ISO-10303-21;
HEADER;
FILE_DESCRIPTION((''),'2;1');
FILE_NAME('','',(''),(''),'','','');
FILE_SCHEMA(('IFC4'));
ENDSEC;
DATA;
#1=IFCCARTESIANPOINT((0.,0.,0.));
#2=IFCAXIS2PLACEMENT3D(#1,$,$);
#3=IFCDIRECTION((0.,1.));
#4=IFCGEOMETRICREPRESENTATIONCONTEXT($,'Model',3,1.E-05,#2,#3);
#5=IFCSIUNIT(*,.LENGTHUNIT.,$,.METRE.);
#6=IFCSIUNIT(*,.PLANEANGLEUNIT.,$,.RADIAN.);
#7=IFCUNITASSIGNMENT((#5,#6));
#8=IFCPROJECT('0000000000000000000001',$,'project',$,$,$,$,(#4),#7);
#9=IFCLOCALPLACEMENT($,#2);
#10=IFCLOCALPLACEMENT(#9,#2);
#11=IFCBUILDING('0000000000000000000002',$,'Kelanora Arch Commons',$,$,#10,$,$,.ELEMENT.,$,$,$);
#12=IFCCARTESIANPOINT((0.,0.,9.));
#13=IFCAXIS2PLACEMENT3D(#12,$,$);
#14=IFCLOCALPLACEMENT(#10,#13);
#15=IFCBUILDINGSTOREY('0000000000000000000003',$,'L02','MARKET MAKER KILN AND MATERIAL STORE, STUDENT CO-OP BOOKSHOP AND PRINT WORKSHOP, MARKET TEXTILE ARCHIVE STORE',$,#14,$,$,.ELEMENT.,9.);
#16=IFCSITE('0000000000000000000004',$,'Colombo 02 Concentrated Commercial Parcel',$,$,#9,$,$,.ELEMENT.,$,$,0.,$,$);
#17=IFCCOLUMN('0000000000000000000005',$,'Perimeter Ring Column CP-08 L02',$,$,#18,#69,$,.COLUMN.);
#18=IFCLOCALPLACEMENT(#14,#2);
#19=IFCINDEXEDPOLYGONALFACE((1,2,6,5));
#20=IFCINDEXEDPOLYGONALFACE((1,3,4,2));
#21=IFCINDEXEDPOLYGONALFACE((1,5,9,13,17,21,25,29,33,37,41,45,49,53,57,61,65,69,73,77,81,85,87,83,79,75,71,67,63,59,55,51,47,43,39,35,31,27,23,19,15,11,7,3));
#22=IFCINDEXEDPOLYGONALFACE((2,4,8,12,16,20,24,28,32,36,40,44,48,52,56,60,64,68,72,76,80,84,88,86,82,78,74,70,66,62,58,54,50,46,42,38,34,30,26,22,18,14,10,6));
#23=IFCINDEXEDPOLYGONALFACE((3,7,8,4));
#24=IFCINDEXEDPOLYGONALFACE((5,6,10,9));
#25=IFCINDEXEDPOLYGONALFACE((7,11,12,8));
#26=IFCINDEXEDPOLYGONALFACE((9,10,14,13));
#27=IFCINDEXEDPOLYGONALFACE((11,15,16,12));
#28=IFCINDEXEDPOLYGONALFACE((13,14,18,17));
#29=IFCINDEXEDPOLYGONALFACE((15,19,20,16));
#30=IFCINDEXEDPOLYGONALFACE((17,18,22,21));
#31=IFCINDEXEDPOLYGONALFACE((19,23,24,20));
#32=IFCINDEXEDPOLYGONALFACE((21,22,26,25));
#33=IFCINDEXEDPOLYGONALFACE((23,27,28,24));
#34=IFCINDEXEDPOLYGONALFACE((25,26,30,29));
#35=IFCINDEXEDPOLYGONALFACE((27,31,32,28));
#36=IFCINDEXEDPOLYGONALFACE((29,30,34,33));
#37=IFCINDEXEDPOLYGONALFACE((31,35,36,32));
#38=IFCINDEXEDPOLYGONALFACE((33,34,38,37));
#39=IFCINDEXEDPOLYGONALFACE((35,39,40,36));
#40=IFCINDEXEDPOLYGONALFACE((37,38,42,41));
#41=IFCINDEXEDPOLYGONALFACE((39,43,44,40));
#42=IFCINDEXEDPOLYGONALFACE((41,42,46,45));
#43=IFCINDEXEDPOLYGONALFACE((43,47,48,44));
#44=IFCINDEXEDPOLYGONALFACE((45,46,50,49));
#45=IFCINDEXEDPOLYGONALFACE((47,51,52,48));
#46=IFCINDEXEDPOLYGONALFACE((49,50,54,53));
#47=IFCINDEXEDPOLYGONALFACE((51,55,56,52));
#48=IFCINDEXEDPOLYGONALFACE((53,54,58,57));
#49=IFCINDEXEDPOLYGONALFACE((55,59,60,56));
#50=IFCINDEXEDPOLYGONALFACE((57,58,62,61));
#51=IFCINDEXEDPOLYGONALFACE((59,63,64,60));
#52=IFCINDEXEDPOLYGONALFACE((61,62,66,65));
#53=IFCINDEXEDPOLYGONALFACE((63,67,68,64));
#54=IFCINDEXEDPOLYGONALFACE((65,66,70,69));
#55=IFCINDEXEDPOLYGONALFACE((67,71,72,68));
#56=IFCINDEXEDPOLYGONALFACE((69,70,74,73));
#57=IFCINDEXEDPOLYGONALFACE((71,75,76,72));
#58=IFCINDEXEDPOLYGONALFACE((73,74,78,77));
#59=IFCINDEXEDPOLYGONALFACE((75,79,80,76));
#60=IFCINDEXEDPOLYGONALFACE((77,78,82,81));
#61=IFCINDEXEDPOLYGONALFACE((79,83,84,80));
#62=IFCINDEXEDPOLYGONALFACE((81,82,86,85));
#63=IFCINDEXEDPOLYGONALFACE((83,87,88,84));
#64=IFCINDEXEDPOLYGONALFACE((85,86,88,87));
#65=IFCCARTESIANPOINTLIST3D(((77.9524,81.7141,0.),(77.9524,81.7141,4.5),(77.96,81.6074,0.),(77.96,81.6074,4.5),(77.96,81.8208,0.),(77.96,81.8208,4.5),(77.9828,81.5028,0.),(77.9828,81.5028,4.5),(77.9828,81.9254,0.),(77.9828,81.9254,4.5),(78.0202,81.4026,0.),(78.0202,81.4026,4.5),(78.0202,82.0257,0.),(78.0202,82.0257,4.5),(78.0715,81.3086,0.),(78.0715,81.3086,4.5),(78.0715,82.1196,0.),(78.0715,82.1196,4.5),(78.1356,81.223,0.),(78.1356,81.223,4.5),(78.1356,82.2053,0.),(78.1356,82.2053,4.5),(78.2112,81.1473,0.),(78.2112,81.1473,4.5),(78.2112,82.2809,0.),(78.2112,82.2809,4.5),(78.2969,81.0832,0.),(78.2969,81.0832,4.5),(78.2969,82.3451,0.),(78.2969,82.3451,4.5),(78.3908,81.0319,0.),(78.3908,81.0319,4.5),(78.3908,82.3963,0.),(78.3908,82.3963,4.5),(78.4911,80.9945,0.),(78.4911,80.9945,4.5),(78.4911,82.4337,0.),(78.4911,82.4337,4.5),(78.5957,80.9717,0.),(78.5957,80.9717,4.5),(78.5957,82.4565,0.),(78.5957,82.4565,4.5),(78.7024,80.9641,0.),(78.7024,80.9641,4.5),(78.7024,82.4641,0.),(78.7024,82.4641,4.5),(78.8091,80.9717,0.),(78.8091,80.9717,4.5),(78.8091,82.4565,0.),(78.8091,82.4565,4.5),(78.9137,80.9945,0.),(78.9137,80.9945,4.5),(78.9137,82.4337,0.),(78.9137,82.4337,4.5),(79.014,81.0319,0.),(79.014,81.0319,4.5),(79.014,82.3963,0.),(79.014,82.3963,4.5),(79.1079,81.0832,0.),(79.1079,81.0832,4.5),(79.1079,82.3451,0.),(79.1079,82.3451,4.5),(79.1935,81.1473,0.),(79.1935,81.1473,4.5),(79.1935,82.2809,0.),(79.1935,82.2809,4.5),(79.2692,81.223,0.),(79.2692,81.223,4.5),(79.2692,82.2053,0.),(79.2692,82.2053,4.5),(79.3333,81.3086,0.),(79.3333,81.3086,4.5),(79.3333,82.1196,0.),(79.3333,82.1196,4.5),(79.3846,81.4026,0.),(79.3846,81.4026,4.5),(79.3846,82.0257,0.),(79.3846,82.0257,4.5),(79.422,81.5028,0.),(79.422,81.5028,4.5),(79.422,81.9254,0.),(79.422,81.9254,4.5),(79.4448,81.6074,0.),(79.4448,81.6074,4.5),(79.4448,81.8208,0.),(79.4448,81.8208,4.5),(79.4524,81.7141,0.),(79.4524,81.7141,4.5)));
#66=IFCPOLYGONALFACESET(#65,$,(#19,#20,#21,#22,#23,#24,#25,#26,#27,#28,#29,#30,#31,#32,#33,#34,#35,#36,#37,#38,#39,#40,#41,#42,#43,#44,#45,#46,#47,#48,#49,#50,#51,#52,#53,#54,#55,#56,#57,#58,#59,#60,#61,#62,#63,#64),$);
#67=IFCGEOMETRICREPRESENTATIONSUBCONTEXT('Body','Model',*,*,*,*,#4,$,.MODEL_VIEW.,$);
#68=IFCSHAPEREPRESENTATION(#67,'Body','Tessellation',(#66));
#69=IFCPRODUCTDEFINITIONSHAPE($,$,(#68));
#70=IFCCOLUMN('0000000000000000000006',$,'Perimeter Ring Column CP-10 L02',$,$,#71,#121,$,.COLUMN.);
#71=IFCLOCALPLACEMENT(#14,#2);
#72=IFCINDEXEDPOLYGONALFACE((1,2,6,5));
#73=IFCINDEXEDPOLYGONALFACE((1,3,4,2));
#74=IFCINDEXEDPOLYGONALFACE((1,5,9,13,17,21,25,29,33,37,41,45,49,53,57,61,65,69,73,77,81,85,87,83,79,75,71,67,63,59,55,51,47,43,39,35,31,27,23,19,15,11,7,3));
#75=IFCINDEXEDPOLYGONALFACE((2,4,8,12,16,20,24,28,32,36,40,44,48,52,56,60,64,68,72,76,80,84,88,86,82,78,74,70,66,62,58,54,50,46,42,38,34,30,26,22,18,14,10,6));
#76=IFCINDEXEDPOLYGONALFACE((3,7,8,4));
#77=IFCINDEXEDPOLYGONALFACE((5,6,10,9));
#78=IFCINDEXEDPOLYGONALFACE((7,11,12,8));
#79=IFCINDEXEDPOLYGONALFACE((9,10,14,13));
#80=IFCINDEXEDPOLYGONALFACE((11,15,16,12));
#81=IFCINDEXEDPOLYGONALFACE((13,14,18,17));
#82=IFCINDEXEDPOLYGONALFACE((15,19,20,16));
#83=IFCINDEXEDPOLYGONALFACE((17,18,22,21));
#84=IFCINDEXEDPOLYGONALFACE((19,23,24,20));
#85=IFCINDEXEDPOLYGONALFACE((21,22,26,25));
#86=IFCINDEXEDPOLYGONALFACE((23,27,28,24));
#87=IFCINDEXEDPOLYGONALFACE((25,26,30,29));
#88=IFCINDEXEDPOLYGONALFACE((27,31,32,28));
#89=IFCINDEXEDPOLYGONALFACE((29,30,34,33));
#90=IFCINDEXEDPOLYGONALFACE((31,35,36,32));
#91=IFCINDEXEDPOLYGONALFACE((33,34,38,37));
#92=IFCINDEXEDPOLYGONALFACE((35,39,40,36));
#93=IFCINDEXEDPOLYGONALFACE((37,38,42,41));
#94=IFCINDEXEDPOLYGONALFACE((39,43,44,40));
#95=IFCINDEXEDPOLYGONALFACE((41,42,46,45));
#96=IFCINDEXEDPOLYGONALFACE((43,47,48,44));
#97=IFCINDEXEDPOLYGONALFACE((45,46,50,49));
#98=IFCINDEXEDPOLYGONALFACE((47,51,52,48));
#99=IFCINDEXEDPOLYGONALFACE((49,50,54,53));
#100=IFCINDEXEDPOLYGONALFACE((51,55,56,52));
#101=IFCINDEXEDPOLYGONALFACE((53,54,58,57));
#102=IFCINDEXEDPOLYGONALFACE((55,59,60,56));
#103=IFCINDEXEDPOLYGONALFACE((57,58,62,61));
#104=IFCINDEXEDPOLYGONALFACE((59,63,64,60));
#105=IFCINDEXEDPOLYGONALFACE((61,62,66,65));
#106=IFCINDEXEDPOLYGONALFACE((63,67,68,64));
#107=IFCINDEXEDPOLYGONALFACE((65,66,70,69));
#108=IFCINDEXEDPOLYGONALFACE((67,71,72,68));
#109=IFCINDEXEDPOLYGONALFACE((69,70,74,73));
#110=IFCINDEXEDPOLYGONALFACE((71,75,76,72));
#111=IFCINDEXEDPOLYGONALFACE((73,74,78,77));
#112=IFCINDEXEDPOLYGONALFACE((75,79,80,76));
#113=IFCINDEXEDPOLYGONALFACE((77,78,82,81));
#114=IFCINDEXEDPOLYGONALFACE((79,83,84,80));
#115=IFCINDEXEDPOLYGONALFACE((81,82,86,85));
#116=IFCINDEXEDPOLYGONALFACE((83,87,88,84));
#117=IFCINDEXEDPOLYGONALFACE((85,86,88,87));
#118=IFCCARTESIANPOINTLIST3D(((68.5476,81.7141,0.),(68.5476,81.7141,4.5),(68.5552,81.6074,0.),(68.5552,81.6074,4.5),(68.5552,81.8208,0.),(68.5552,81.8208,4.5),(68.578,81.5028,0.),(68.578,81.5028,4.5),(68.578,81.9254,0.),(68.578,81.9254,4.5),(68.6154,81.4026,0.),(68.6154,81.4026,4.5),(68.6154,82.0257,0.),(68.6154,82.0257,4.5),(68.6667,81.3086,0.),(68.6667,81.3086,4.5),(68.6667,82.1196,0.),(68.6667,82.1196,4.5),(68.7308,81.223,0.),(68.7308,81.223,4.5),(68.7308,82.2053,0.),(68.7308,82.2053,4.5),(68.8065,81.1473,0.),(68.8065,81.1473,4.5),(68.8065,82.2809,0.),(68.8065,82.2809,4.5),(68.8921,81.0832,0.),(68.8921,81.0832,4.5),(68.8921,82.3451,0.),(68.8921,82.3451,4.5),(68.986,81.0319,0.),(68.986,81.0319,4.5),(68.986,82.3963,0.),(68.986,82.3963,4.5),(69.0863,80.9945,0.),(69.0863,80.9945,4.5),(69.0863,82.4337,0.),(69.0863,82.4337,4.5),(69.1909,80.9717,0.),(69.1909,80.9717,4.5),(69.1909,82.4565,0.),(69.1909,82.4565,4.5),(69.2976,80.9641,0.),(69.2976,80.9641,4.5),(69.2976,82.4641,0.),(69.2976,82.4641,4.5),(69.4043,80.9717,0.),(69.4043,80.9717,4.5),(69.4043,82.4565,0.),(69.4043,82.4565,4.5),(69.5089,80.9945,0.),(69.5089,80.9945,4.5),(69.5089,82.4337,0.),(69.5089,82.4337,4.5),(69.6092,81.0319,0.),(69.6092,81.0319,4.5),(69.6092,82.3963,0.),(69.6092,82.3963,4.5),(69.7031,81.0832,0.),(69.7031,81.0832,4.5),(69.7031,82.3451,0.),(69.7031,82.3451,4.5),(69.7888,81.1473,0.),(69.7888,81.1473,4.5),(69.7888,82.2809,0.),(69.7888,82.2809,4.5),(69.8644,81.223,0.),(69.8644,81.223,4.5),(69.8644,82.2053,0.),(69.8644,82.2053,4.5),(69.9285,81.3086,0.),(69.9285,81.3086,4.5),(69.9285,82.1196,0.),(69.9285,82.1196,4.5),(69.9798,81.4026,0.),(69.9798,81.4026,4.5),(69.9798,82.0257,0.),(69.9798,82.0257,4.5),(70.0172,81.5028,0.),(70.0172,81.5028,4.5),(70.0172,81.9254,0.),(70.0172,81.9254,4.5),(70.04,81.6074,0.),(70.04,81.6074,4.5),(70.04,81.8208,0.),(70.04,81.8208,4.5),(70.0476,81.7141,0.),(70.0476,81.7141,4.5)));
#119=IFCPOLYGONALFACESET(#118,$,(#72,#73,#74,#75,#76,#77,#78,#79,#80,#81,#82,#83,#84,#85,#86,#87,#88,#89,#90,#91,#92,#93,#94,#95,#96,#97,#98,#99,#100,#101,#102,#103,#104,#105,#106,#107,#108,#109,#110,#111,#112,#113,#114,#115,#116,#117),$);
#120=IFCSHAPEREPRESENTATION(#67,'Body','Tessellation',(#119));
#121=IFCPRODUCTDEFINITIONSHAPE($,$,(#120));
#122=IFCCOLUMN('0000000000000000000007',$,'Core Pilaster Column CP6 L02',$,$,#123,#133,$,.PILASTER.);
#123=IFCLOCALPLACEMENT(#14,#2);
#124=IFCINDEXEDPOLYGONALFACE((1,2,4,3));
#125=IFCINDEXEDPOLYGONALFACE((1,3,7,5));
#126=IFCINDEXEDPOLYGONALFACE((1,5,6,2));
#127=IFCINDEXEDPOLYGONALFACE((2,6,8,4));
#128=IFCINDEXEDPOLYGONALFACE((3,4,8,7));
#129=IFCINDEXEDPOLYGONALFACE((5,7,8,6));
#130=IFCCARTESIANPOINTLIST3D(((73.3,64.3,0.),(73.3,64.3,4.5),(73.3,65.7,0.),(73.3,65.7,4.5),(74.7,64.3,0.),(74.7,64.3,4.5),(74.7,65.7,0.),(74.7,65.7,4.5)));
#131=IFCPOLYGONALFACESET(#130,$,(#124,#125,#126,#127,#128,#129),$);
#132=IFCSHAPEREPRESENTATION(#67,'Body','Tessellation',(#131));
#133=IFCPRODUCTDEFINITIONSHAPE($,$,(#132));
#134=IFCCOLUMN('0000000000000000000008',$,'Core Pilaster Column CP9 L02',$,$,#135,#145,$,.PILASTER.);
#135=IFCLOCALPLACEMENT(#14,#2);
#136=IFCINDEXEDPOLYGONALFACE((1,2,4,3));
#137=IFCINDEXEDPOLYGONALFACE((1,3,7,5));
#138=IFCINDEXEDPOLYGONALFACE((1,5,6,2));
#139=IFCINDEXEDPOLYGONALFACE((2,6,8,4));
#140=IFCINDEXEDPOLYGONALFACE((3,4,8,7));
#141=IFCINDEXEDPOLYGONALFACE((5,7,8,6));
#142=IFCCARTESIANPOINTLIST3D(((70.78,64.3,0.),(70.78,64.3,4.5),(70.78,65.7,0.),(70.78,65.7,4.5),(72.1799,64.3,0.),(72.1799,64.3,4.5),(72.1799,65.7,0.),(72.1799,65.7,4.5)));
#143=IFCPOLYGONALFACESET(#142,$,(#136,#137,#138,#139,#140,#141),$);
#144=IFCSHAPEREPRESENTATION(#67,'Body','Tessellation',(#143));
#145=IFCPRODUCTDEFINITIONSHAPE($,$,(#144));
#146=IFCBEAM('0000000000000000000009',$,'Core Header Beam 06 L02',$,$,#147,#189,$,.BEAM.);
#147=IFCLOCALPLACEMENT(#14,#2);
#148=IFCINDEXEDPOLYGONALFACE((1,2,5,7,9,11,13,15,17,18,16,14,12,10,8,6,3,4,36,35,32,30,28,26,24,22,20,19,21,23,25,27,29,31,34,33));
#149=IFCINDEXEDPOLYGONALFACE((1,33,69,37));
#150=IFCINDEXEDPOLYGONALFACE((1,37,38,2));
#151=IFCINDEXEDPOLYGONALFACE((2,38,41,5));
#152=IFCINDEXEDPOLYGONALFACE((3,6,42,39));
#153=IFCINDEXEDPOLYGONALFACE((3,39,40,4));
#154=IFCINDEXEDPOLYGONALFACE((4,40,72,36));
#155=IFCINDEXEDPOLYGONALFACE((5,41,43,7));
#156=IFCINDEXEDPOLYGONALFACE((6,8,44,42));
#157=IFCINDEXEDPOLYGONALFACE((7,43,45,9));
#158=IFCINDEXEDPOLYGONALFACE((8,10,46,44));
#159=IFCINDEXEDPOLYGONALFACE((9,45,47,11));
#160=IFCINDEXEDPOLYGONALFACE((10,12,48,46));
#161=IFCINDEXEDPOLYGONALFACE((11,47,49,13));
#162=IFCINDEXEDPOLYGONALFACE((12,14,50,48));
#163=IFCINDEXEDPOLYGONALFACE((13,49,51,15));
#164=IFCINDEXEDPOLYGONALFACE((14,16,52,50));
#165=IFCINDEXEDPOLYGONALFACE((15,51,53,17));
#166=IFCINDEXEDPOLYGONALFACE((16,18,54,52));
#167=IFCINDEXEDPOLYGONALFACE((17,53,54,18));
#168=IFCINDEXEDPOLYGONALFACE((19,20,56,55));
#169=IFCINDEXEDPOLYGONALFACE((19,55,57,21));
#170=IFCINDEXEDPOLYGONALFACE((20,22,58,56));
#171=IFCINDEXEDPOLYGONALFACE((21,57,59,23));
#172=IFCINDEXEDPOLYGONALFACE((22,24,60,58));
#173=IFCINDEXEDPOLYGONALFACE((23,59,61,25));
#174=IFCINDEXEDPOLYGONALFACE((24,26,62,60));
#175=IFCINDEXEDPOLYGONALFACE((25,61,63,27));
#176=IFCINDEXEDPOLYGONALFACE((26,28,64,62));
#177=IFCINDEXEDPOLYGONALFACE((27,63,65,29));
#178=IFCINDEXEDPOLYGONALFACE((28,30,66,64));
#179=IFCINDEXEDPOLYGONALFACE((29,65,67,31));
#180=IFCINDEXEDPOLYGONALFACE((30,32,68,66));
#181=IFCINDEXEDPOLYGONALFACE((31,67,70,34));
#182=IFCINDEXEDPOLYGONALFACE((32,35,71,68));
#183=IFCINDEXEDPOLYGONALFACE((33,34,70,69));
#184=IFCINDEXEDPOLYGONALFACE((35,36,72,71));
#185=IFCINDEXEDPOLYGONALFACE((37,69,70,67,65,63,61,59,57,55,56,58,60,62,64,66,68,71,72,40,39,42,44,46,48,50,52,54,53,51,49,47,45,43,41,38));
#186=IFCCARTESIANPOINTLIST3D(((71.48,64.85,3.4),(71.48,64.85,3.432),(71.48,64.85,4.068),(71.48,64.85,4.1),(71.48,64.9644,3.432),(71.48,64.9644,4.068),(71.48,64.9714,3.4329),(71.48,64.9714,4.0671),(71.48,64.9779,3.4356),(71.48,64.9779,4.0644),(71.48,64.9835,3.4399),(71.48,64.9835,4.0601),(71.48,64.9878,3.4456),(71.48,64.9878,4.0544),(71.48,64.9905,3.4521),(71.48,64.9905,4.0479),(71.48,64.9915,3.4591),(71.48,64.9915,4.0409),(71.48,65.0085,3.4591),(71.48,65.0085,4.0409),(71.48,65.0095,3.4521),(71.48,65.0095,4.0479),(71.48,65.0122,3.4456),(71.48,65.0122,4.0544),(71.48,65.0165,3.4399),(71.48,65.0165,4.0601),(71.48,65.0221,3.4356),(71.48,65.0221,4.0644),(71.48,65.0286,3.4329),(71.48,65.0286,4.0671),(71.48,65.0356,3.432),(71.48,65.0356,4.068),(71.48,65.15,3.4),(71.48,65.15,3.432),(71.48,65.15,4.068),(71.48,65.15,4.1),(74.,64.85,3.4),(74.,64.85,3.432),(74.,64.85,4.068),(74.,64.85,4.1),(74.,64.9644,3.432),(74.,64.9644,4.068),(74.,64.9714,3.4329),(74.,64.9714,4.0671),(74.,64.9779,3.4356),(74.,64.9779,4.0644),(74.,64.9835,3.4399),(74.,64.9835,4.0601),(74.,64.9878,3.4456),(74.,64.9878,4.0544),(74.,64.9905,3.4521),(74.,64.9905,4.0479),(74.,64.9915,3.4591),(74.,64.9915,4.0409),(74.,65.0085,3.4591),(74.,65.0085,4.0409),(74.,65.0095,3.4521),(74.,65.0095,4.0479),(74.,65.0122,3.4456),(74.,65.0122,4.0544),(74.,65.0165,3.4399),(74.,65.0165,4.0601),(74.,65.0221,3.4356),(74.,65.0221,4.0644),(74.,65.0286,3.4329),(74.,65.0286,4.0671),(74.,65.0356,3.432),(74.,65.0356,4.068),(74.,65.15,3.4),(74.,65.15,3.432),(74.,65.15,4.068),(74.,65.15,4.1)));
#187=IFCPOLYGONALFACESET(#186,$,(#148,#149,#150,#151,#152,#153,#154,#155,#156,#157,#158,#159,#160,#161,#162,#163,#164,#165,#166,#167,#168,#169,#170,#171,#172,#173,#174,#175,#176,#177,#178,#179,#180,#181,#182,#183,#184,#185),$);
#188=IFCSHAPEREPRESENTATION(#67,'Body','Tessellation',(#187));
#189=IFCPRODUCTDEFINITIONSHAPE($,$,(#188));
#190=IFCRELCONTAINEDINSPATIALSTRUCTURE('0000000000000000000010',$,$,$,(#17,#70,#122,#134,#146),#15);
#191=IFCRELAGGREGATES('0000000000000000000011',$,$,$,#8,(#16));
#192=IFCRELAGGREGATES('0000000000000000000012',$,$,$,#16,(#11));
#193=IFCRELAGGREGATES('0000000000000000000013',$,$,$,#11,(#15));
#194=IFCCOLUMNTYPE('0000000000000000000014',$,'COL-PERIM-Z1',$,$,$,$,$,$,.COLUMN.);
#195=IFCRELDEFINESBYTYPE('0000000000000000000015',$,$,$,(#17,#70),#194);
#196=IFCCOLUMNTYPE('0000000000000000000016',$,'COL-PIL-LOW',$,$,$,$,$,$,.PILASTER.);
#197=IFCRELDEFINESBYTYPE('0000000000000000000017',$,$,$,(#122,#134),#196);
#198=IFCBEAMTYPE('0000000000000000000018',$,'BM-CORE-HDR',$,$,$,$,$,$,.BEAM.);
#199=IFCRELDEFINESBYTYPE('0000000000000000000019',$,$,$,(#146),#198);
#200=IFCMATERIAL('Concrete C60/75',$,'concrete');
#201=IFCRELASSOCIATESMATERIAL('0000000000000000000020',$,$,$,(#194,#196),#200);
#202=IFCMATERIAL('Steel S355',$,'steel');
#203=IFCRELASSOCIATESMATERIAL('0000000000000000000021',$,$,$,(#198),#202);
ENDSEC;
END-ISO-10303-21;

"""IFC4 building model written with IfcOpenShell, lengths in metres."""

from ifc_helpers import new_model, si_unit, direction, frame, origin, origin_2d, place, context, subcontext, project, spatial, rectangle, circle, i_section, extrude, material, material_profile, profile_set, type_object, element, save


model = new_model("IFC4")

# Units and contexts
model_context = context("Model", 3, precision=1e-05, world=origin(), true_north=direction((0.0, 1.0)))
body_context = subcontext(model_context, "Body", "Model", "MODEL_VIEW")
ifc_project = project(units=[si_unit("LENGTHUNIT", "METRE"), si_unit("PLANEANGLEUNIT", "RADIAN")], contexts=[model_context])

# Site, building, storey
site_placement = place(None, origin())
site = spatial("IfcSite", under=ifc_project, at=site_placement, Name="Colombo 02 Concentrated Commercial Parcel", CompositionType="ELEMENT", RefElevation=0.0)
building_placement = place(site_placement, origin())
building = spatial("IfcBuilding", under=site, at=building_placement, Name="Kelanora Arch Commons", CompositionType="ELEMENT")
storey_placement = place(building_placement, frame((0.0, 0.0, 9.0)))
storey = spatial("IfcBuildingStorey", under=building, at=storey_placement, Name="L02", Description="MARKET MAKER KILN AND MATERIAL STORE, STUDENT CO-OP BOOKSHOP AND PRINT WORKSHOP, MARKET TEXTILE ARCHIVE STORE", CompositionType="ELEMENT", Elevation=9.0)

# Columns
ifc_material_1 = material(Name="Concrete C60/75", Category="concrete")
ifc_material_profile_1 = material_profile(ifc_material_1, circle(Radius=0.75, at=origin_2d()), Name="RCC1500")
ifc_profile_set_1 = profile_set([ifc_material_profile_1], Name="Concrete C60/75")
column_type_1 = type_object("IfcColumnType", Name="COL-PERIM-Z1", PredefinedType="COLUMN", material=ifc_profile_set_1)
for number, where, z_axis, x_axis, name in (
    (1, (78.7024, 81.7141, 0.0), (0.0, 0.0, 1.0), (1.0, 0.0, 0.0), "Perimeter Ring Column CP-08 L02"),
    (2, (69.2976, 81.7141, 0.0), (0.0, 0.0, 1.0), (1.0, 0.0, 0.0), "Perimeter Ring Column CP-10 L02"),
):
    element("IfcColumn", number, at=place(storey_placement, frame(where, z_axis=z_axis, x_axis=x_axis)), inside=storey, type_object=column_type_1, Name=name, PredefinedType="COLUMN", context=body_context, shape_type="SweptSolid", body=[
        extrude(circle(Radius=0.75, at=origin_2d()), origin(), (0.0, 0.0, 1.0), 4.5),
    ])
ifc_material_profile_2 = material_profile(ifc_material_1, rectangle(XDim=1.3999, YDim=1.3999, at=origin_2d()), Name="RC1400x1400")
ifc_profile_set_2 = profile_set([ifc_material_profile_2], Name="Concrete C60/75")
column_type_2 = type_object("IfcColumnType", Name="COL-PIL-LOW", PredefinedType="PILASTER", material=ifc_profile_set_2)
for number, where, z_axis, x_axis, name in (
    (3, (74.0, 65.0, 0.0), (0.0, 0.0, 1.0), (1.0, 0.0, 0.0), "Core Pilaster Column CP6 L02"),
    (4, (71.48, 65.0, 0.0), (0.0, 0.0, 1.0), (1.0, 0.0, 0.0), "Core Pilaster Column CP9 L02"),
):
    element("IfcColumn", number, at=place(storey_placement, frame(where, z_axis=z_axis, x_axis=x_axis)), inside=storey, type_object=column_type_2, Name=name, PredefinedType="PILASTER", context=body_context, shape_type="SweptSolid", body=[
        extrude(rectangle(XDim=1.3999, YDim=1.3999, at=origin_2d()), origin(), (0.0, 0.0, 1.0), 4.5),
    ])

# Beam
ifc_material_2 = material(Name="Steel S355", Category="steel")
ifc_material_profile_3 = material_profile(ifc_material_2, i_section(OverallWidth=0.3, OverallDepth=0.7, WebThickness=0.0171, FlangeThickness=0.032, FilletRadius=0.0271, at=origin_2d()), Name="HEB700")
ifc_profile_set_3 = profile_set([ifc_material_profile_3], Name="Steel S355")
beam_type_1 = type_object("IfcBeamType", Name="BM-CORE-HDR", PredefinedType="BEAM", material=ifc_profile_set_3)
beam_1_placement = place(storey_placement, frame((74.0, 65.0, 3.75), z_axis=(-1.0, 0.0, 0.0), x_axis=(0.0, -1.0, 0.0)))
element("IfcBeam", 5, at=beam_1_placement, inside=storey, type_object=beam_type_1, Name="Core Header Beam 06 L02", PredefinedType="BEAM", context=body_context, shape_type="SweptSolid", body=[
    extrude(i_section(OverallWidth=0.3, OverallDepth=0.7, WebThickness=0.0171, FlangeThickness=0.032, FilletRadius=0.0271, at=origin_2d()), origin(), (0.0, 0.0, 1.0), 2.52),
])

save(model, "model.ifc")
